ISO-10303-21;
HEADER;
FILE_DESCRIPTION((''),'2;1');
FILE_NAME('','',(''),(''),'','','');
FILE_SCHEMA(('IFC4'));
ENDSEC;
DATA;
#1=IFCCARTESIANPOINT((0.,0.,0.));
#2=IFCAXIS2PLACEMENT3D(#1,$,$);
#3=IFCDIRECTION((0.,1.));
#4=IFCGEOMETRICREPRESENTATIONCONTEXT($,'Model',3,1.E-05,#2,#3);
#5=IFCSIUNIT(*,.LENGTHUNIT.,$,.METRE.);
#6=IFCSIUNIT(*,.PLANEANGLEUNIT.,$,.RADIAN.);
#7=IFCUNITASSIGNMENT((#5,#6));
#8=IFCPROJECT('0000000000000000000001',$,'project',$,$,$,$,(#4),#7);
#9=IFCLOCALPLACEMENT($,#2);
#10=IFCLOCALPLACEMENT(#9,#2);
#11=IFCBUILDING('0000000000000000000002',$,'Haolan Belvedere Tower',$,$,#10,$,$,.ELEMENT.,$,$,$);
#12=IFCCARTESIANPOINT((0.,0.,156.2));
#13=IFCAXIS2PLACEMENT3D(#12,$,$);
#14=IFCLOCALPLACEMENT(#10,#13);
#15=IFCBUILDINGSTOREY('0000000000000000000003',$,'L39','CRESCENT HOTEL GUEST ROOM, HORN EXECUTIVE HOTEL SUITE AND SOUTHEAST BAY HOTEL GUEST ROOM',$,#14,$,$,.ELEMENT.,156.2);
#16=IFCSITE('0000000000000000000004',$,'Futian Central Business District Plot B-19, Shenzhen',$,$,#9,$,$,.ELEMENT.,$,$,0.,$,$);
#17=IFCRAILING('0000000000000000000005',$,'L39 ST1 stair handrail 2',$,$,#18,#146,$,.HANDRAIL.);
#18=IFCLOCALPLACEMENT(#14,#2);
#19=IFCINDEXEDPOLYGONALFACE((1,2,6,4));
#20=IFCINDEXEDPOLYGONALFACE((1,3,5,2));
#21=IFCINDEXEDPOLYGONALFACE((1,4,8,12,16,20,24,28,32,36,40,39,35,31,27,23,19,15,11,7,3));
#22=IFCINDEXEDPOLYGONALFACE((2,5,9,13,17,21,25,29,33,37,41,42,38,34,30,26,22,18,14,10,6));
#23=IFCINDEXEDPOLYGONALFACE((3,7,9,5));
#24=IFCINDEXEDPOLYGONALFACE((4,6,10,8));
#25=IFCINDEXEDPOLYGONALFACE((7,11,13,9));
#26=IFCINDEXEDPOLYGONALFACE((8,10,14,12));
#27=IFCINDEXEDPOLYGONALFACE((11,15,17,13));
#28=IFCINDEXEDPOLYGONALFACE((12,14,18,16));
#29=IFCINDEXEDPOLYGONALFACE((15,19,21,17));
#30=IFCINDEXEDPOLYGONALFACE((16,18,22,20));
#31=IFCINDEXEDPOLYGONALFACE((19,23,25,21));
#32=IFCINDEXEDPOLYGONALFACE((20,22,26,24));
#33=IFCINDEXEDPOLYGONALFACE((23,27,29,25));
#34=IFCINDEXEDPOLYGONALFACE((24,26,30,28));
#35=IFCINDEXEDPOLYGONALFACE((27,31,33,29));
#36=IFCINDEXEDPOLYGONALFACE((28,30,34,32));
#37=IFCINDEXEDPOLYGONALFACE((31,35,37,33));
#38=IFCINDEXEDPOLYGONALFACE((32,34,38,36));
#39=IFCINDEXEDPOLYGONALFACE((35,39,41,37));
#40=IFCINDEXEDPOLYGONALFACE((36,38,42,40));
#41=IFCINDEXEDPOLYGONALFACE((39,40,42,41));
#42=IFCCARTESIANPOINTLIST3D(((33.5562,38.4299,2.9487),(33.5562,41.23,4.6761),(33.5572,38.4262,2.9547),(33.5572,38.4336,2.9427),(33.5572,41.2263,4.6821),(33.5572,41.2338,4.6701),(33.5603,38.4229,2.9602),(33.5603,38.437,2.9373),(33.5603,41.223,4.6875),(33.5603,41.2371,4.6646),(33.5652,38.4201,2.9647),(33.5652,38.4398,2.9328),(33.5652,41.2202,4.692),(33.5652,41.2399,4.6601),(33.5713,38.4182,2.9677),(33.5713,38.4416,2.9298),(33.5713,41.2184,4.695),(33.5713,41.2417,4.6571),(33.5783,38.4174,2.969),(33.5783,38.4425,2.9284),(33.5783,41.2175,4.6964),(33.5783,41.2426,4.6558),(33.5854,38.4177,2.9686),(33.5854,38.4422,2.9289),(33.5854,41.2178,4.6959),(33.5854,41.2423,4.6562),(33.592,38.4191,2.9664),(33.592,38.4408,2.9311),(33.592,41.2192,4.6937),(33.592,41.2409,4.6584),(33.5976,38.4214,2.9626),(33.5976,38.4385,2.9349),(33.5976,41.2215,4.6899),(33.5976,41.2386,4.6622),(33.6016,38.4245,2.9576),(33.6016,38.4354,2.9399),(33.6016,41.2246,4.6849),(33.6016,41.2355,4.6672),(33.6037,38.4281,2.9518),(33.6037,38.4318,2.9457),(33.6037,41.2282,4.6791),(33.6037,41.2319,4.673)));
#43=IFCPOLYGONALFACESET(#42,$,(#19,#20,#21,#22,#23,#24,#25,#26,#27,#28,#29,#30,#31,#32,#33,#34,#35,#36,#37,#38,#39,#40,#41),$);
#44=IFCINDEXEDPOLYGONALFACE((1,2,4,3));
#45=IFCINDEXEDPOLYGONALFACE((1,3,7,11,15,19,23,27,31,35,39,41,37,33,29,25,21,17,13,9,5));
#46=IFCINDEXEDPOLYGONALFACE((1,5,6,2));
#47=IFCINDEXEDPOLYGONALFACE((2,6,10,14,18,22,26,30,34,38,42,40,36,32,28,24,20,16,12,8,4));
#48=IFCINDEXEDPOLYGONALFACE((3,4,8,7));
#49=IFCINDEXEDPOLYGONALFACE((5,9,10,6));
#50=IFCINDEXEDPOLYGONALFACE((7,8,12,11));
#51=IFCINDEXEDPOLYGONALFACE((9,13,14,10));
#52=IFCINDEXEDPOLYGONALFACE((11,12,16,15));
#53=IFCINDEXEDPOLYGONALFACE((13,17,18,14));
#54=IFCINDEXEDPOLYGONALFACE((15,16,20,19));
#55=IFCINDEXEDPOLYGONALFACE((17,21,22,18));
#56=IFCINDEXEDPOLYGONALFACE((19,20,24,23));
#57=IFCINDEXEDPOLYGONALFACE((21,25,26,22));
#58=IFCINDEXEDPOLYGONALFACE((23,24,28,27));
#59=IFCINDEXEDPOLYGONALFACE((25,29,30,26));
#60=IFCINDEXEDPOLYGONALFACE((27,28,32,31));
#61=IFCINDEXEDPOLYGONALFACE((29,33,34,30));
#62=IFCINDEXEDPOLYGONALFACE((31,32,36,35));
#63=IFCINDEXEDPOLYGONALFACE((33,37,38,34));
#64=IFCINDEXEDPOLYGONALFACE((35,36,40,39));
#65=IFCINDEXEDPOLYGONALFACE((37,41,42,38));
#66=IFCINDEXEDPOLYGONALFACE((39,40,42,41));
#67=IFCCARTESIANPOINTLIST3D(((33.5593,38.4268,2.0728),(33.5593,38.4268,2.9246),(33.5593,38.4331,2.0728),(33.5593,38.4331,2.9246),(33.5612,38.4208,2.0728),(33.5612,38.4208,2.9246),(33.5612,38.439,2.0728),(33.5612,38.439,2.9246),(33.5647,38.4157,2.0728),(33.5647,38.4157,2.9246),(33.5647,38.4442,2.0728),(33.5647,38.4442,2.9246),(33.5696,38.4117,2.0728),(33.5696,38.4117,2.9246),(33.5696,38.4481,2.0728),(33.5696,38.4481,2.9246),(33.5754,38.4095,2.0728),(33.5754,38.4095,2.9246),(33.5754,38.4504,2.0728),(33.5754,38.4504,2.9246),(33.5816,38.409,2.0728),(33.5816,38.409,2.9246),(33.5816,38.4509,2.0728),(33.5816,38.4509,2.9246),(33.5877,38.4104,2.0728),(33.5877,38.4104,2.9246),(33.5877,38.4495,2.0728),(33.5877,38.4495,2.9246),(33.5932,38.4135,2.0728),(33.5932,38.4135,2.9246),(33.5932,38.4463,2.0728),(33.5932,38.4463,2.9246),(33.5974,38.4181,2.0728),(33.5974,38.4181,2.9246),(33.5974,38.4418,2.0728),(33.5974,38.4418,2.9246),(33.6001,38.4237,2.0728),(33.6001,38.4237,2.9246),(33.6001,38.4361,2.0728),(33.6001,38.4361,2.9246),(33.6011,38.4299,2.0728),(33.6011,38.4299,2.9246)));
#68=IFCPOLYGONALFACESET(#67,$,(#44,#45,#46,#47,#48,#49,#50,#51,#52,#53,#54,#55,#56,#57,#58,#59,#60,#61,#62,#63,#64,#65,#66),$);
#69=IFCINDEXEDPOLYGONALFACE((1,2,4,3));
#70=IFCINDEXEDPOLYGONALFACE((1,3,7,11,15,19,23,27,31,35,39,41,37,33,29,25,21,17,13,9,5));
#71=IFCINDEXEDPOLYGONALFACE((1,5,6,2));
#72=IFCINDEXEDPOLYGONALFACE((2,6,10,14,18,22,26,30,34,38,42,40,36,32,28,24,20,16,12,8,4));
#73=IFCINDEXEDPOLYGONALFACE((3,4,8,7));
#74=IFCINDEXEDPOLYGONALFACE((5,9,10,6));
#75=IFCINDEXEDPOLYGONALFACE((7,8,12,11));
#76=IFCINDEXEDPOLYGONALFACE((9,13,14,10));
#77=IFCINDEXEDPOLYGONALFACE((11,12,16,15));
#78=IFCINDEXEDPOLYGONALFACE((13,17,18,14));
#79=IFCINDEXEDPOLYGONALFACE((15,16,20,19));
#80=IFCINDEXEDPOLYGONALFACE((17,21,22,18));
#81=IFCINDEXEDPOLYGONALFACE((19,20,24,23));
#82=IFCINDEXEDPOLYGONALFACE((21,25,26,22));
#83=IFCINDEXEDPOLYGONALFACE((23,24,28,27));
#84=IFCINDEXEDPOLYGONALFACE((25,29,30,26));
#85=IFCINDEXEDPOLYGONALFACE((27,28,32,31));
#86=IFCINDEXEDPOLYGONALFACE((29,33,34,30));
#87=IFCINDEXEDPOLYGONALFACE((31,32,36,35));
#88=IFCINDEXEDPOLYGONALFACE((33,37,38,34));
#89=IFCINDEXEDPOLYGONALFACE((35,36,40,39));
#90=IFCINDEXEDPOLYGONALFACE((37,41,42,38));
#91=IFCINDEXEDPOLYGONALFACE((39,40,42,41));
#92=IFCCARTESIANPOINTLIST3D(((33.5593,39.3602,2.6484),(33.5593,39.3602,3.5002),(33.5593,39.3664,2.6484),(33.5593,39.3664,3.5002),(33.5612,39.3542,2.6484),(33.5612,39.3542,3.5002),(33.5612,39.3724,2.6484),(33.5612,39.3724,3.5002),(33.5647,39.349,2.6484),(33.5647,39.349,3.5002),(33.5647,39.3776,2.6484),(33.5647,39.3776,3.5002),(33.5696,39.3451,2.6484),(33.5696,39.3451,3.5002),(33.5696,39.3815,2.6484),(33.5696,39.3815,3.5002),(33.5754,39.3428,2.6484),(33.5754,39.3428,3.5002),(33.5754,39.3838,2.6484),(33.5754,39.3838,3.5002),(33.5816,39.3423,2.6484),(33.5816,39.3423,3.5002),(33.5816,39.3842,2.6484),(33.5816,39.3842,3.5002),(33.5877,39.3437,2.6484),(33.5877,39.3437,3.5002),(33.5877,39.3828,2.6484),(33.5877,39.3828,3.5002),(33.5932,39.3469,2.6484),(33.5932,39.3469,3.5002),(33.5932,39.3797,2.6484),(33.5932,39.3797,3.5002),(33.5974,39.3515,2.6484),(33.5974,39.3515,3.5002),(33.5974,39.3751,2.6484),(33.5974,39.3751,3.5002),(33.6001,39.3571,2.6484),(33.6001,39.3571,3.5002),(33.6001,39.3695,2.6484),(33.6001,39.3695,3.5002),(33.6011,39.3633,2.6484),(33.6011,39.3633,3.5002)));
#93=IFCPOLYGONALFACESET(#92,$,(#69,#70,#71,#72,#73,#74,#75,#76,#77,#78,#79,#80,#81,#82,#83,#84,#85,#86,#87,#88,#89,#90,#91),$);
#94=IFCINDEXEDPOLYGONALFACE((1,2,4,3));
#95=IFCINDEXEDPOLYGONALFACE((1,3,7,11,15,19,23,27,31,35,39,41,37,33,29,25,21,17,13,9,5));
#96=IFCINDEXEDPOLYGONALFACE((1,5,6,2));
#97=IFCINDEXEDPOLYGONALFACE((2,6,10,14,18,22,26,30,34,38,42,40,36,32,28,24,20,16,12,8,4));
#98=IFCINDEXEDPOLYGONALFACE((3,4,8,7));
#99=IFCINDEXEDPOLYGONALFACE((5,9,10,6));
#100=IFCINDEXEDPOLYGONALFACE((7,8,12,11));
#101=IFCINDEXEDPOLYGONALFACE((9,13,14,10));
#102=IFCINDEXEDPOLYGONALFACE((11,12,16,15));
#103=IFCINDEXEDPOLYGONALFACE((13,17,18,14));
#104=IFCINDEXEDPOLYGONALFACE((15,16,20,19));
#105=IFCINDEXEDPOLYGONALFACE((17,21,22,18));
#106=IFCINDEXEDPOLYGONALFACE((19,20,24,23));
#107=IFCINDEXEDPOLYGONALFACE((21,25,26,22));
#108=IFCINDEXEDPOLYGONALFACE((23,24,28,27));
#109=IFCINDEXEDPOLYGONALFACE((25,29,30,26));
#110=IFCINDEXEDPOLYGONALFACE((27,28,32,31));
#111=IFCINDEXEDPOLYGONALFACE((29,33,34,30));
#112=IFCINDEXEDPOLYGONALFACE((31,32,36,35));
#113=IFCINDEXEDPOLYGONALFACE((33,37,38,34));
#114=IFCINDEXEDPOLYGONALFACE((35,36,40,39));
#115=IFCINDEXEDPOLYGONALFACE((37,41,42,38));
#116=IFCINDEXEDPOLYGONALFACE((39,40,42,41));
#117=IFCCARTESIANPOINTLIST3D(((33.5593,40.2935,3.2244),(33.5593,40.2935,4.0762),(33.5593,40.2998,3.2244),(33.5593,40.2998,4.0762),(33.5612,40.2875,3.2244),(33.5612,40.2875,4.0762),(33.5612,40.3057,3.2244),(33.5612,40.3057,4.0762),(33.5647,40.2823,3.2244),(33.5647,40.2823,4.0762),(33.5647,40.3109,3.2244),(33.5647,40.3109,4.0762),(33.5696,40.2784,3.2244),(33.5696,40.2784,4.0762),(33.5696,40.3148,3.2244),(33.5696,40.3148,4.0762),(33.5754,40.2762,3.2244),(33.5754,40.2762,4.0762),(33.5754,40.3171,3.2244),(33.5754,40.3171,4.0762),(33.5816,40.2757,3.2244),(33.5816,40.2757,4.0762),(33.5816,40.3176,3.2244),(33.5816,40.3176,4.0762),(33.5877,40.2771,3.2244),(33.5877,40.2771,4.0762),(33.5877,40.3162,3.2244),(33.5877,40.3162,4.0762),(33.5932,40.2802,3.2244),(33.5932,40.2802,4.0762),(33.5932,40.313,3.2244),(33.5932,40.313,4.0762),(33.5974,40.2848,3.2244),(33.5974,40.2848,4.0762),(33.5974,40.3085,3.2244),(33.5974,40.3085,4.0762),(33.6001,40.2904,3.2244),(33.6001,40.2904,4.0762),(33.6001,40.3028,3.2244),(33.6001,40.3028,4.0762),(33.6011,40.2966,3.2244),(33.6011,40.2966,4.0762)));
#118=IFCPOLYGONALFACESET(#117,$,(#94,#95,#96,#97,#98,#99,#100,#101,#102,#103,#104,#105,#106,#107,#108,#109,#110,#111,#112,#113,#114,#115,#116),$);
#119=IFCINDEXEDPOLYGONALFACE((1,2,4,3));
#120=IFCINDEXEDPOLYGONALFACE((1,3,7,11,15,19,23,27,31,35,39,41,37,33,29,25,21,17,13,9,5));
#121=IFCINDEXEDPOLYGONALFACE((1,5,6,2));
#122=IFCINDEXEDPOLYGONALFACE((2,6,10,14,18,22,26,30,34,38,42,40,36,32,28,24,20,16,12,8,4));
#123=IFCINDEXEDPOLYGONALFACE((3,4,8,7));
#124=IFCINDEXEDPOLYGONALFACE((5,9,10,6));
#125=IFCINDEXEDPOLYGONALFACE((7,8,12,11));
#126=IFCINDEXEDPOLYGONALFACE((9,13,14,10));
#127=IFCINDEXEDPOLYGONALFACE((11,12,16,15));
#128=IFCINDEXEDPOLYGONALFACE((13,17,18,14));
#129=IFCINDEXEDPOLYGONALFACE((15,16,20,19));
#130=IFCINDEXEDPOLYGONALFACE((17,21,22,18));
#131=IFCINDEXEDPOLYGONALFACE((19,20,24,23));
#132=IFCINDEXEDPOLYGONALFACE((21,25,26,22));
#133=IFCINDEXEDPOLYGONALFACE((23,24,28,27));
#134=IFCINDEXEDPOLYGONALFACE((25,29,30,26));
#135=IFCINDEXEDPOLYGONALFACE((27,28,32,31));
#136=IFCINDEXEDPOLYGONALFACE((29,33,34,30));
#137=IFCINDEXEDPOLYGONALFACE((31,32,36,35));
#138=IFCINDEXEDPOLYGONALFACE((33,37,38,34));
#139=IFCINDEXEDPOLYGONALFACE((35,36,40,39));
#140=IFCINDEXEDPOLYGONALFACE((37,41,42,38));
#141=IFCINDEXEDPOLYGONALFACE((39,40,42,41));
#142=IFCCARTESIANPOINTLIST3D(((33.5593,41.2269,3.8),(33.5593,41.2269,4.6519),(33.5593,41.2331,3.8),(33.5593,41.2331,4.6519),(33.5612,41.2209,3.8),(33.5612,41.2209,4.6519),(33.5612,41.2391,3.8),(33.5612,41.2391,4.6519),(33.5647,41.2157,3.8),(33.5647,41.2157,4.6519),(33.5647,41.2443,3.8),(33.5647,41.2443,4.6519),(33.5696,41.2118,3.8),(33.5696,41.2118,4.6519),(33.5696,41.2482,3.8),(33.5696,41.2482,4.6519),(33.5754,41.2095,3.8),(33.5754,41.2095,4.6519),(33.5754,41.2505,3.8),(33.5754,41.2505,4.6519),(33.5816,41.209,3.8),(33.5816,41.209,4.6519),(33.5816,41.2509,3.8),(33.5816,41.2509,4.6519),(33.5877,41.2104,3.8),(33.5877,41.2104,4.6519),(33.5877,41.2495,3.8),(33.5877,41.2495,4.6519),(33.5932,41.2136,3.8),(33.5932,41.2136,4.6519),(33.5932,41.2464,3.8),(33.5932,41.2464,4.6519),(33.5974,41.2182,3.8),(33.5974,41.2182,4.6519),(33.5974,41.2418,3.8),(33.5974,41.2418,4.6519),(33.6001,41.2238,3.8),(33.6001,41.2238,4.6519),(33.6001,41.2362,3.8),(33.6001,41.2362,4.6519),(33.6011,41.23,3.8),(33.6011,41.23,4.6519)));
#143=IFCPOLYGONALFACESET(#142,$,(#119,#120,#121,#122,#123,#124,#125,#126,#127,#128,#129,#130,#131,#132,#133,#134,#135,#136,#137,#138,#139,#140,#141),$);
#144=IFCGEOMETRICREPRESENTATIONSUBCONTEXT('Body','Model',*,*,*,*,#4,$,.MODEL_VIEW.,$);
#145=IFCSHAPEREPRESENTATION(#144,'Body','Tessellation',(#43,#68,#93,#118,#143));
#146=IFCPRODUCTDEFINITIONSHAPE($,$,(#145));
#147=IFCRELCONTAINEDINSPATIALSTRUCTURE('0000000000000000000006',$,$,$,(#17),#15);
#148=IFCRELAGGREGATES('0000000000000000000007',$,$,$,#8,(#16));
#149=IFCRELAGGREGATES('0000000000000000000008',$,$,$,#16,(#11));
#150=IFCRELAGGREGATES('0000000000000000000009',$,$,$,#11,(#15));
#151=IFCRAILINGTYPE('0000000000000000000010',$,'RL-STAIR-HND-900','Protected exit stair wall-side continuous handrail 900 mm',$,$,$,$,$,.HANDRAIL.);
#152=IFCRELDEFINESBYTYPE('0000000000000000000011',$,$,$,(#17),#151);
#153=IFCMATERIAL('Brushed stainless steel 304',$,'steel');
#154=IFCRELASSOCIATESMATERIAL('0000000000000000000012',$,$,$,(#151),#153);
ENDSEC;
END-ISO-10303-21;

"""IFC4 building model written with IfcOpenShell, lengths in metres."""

from ifc_helpers import new_model, si_unit, direction, frame, origin, origin_2d, place, context, subcontext, project, spatial, circle, extrude, material, type_object, element, save


model = new_model("IFC4")

# Units and contexts
model_context = context("Model", 3, precision=1e-05, world=origin(), true_north=direction((0.0, 1.0)))
body_context = subcontext(model_context, "Body", "Model", "MODEL_VIEW")
ifc_project = project(units=[si_unit("LENGTHUNIT", "METRE"), si_unit("PLANEANGLEUNIT", "RADIAN")], contexts=[model_context])

# Site, building, storey
site_placement = place(None, origin())
site = spatial("IfcSite", under=ifc_project, at=site_placement, Name="Futian Central Business District Plot B-19, Shenzhen", CompositionType="ELEMENT", RefElevation=0.0)
building_placement = place(site_placement, origin())
building = spatial("IfcBuilding", under=site, at=building_placement, Name="Haolan Belvedere Tower", CompositionType="ELEMENT")
storey_placement = place(building_placement, frame((0.0, 0.0, 156.2)))
storey = spatial("IfcBuildingStorey", under=building, at=storey_placement, Name="L39", Description="CRESCENT HOTEL GUEST ROOM, HORN EXECUTIVE HOTEL SUITE AND SOUTHEAST BAY HOTEL GUEST ROOM", CompositionType="ELEMENT", Elevation=156.2)

# Railing
ifc_material_1 = material(Name="Brushed stainless steel 304", Category="steel")
railing_type_1 = type_object("IfcRailingType", Name="RL-STAIR-HND-900", Description="Protected exit stair wall-side continuous handrail 900 mm", PredefinedType="HANDRAIL", material=ifc_material_1)
railing_1_placement = place(storey_placement, frame((33.5801, 38.4299, 2.0728)))
element("IfcRailing", 1, at=railing_1_placement, inside=storey, type_object=railing_type_1, Name="L39 ST1 stair handrail 2", PredefinedType="HANDRAIL", context=body_context, shape_type="SweptSolid", body=[
    extrude(circle(Radius=0.0239, at=origin_2d()), frame((0.0, 0.0, 0.876), z_axis=(0.0, 0.85109, 0.52502), x_axis=(-1.0, 0.0, 0.0)), (0.0, 0.0, 1.0), 3.29),
    extrude(circle(Radius=0.021, at=origin_2d()), origin(), (0.0, 0.0, 1.0), 0.8518),
    extrude(circle(Radius=0.021, at=origin_2d()), frame((0.0, 0.9333, 0.5757)), (0.0, 0.0, 1.0), 0.8518),
    extrude(circle(Radius=0.021, at=origin_2d()), frame((0.0, 1.8667, 1.1516)), (0.0, 0.0, 1.0), 0.8518),
    extrude(circle(Radius=0.021, at=origin_2d()), frame((0.0, 2.8, 1.7273)), (0.0, 0.0, 1.0), 0.8518),
])

save(model, "model.ifc")
